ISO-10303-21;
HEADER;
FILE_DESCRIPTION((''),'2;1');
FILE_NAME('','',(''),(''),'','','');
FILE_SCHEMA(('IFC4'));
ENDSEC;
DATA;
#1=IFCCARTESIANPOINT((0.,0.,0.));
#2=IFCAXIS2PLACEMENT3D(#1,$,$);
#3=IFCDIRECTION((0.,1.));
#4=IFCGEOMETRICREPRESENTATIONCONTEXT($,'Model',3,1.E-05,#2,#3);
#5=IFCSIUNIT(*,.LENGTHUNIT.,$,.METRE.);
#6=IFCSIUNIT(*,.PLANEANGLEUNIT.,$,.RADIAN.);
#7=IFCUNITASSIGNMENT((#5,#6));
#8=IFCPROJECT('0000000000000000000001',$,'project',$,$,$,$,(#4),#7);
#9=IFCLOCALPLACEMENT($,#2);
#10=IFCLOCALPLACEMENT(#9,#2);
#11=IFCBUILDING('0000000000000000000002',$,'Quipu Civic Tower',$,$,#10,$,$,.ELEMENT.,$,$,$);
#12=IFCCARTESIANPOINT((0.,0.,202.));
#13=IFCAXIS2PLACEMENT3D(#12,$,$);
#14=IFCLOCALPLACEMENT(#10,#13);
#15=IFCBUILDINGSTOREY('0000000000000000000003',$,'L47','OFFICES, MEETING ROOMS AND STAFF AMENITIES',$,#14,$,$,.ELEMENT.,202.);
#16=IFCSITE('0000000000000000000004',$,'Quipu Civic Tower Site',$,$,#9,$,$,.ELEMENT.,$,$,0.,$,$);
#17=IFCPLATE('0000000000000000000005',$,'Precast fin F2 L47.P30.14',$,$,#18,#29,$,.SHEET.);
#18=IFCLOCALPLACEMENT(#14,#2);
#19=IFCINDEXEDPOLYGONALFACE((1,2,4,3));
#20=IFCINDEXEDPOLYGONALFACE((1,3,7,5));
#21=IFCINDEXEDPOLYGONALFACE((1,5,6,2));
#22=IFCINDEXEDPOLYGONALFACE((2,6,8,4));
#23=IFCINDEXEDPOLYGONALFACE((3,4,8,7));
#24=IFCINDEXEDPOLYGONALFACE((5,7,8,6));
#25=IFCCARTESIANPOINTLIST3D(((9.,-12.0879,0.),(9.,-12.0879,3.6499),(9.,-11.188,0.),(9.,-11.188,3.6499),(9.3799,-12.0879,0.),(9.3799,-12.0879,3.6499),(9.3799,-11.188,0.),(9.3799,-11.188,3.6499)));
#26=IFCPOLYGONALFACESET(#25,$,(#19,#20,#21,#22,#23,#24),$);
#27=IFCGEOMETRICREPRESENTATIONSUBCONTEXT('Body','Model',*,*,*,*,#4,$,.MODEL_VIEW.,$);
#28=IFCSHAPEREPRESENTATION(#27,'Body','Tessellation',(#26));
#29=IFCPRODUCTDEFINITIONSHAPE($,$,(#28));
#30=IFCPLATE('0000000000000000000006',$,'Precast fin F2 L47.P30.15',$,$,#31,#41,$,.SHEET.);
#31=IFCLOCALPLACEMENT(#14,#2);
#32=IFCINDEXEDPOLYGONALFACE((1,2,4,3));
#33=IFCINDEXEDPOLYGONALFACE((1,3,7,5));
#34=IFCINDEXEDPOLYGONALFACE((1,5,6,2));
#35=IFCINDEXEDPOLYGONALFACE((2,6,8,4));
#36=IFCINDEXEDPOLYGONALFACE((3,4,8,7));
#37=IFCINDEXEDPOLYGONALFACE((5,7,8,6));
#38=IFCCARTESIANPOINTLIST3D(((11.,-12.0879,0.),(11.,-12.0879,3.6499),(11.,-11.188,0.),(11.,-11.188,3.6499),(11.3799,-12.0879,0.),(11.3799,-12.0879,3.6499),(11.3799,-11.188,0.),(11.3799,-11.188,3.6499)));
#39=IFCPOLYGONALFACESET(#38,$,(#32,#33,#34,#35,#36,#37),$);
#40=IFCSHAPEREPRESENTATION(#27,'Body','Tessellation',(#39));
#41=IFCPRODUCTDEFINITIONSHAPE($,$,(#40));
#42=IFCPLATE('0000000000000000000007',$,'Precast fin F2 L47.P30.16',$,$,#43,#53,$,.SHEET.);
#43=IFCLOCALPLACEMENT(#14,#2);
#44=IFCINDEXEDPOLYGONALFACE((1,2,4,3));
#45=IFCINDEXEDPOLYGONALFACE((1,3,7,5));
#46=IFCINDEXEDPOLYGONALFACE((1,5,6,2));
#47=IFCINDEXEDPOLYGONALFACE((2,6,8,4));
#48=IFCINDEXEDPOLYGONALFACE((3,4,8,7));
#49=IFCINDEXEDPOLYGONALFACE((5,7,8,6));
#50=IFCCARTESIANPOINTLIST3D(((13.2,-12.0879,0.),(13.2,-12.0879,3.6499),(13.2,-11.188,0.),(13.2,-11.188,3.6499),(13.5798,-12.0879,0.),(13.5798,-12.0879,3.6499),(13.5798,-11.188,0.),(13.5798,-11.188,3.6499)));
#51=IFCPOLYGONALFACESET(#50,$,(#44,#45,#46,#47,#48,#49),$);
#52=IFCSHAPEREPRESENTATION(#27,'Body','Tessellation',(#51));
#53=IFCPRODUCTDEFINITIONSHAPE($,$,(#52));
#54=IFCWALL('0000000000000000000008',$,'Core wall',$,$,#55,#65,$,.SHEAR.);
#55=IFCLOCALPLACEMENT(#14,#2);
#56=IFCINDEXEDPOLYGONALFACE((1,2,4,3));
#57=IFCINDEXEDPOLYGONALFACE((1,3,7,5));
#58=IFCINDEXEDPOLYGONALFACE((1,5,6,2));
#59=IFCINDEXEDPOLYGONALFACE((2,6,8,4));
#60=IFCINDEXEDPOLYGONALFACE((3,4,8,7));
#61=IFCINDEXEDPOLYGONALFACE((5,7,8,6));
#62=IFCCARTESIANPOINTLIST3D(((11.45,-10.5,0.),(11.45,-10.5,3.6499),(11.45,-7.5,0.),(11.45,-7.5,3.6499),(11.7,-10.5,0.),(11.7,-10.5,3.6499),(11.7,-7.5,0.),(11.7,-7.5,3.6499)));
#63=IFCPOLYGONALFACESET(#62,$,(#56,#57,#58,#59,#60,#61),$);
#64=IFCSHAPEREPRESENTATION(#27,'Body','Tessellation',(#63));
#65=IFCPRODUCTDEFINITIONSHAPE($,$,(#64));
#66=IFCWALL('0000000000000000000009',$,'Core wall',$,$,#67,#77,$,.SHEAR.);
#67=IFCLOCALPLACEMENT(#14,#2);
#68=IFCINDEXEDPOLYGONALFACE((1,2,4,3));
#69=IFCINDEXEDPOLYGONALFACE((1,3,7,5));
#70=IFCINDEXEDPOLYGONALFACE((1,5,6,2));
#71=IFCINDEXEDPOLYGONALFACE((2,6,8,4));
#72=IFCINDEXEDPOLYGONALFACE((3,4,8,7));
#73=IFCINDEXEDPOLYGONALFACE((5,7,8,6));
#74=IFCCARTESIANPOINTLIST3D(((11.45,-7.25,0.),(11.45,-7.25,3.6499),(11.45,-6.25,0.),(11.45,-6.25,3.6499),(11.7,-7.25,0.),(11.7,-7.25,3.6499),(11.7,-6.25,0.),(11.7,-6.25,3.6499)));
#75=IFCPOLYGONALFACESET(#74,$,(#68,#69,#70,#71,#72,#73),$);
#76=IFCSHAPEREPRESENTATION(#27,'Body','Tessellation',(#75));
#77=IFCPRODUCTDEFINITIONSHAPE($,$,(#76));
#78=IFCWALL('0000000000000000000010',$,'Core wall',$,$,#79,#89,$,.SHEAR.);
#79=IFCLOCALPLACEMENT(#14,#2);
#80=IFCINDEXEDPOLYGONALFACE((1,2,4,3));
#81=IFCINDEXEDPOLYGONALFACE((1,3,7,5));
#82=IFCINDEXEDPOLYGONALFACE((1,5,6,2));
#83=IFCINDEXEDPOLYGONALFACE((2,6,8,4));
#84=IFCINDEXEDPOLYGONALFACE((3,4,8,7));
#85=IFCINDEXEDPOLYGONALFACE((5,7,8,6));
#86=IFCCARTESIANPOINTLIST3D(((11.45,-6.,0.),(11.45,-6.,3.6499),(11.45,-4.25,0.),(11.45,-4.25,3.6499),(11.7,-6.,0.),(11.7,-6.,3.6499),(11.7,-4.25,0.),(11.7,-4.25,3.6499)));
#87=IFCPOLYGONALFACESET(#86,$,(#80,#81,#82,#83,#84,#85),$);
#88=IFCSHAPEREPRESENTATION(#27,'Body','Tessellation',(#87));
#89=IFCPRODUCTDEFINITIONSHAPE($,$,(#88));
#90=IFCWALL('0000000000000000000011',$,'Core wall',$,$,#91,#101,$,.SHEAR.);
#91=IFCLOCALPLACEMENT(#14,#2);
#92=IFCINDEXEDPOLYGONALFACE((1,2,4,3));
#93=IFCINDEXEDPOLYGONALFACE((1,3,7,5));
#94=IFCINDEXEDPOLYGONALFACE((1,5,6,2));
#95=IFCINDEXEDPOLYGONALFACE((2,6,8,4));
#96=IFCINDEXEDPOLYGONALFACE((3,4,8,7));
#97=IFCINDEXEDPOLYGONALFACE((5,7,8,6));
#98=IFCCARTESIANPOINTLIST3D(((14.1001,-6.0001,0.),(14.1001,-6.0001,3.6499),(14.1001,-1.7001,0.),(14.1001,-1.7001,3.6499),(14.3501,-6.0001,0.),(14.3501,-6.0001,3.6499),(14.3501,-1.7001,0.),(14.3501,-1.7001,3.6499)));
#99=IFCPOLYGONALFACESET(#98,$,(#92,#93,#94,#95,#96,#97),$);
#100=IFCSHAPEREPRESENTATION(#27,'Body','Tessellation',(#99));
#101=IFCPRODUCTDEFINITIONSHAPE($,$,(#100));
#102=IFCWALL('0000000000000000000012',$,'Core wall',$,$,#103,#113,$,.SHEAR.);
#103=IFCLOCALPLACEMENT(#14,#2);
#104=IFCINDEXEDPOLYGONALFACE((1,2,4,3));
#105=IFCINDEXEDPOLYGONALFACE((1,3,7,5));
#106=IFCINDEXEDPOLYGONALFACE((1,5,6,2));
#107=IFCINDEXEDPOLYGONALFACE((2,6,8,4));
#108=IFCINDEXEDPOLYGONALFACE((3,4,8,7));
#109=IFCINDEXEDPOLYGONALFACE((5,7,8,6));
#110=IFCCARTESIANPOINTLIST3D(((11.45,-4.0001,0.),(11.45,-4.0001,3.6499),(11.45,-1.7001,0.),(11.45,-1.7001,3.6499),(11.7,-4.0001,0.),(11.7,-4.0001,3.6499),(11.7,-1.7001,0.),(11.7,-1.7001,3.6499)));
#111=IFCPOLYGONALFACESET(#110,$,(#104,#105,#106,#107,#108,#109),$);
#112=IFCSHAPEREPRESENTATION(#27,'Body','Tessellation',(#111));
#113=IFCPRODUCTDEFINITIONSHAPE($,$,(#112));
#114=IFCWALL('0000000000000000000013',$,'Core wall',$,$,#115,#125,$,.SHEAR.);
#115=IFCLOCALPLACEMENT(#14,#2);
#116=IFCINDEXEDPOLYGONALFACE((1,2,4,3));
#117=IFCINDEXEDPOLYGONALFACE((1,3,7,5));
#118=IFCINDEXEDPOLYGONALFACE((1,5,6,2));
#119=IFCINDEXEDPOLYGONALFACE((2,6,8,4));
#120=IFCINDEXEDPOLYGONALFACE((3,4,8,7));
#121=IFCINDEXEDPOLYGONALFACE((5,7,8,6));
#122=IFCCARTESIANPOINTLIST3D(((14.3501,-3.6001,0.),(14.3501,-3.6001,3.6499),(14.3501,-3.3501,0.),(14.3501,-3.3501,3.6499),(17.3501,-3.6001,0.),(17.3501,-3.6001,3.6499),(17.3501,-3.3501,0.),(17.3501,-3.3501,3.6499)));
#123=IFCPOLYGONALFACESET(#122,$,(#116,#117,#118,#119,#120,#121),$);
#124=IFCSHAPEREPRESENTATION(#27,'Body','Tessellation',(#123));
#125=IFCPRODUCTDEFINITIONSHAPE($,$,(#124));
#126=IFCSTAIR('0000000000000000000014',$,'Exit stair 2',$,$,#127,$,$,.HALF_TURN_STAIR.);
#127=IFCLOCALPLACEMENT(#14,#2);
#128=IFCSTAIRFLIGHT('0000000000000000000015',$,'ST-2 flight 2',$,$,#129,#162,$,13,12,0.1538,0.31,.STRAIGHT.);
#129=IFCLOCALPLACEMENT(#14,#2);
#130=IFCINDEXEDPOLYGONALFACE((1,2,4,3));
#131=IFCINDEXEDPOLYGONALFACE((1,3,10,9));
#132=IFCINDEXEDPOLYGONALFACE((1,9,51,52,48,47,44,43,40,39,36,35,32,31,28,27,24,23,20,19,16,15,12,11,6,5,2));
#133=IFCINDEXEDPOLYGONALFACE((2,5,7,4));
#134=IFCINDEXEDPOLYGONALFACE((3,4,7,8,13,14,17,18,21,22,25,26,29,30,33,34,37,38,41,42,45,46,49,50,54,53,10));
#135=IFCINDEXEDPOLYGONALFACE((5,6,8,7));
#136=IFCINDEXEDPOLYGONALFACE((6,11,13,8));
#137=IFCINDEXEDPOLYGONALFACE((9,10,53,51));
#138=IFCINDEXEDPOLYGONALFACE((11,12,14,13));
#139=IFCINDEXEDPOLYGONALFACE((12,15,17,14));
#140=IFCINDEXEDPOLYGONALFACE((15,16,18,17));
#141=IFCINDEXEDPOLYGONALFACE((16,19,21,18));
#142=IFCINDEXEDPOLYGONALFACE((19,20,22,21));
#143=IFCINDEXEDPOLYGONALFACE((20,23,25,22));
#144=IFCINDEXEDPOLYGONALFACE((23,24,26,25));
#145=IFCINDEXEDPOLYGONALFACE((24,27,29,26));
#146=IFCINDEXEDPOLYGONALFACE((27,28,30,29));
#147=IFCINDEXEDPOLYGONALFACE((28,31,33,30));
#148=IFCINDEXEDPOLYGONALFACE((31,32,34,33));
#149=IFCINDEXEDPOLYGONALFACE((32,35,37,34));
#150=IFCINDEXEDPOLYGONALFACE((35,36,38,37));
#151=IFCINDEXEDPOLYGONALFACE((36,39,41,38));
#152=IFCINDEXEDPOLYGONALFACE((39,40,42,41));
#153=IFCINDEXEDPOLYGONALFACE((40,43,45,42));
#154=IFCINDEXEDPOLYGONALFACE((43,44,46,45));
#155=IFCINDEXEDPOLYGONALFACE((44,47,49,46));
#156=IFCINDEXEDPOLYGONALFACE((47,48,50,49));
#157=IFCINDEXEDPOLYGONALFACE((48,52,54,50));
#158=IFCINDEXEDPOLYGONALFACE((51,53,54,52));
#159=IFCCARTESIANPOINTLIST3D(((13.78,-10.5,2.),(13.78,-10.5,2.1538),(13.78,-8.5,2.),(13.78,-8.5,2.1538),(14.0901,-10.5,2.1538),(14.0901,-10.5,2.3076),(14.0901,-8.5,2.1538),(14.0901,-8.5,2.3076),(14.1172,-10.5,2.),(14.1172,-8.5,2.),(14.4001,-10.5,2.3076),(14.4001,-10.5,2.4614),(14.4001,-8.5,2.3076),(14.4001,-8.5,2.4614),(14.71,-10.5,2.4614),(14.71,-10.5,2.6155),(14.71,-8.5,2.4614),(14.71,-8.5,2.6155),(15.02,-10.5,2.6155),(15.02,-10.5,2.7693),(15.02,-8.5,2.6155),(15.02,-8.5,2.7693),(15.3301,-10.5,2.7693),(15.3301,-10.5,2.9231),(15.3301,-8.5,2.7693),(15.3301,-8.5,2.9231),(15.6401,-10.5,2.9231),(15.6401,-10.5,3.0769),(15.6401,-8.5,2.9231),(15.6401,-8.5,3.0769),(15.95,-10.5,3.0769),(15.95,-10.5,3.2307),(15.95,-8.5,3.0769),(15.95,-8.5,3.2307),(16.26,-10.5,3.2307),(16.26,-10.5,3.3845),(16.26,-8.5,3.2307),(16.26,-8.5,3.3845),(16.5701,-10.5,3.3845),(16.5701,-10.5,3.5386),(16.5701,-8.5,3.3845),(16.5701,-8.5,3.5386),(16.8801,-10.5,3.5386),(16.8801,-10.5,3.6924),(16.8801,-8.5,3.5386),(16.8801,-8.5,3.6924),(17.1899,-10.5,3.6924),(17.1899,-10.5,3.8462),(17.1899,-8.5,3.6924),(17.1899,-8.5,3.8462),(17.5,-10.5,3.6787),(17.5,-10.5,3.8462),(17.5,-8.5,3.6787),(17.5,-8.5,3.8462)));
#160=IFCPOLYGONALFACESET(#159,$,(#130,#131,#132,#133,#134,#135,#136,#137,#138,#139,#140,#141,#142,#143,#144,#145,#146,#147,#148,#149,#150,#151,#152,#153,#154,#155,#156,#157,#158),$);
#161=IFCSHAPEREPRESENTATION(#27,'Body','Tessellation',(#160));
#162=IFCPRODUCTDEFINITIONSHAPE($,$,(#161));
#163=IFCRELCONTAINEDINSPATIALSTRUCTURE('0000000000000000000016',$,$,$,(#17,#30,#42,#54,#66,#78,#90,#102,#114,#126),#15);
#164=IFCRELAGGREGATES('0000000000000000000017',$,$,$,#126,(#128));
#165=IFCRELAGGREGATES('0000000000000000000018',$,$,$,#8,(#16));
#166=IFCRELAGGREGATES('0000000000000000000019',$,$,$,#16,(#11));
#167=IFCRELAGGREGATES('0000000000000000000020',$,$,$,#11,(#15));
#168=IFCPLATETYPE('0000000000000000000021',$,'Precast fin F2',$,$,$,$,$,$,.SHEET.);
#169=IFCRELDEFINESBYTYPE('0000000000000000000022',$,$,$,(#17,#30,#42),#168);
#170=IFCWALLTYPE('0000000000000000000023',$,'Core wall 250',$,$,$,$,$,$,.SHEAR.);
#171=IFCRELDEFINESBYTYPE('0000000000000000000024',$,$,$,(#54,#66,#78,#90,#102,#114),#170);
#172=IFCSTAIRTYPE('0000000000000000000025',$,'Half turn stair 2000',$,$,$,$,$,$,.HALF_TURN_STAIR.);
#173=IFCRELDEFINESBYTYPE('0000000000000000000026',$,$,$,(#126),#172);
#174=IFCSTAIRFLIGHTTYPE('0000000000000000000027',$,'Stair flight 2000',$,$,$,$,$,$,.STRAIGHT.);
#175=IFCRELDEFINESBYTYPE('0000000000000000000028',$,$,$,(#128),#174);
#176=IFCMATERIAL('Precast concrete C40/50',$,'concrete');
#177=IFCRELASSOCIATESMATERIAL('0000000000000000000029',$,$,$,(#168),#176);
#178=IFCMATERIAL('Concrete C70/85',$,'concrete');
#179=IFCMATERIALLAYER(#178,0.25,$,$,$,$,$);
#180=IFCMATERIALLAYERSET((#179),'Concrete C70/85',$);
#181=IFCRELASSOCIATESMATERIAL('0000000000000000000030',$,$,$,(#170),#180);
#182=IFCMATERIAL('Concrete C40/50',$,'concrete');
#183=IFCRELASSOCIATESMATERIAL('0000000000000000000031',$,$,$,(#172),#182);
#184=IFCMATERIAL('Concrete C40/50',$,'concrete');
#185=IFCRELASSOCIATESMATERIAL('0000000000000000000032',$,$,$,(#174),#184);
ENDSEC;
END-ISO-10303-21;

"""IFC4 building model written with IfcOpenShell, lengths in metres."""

from ifc_helpers import new_model, si_unit, direction, frame, frame_2d, origin, origin_2d, place, context, subcontext, project, spatial, polyline, rectangle, outline, extrude, material, layer, layer_set, type_object, element, aggregate, save


model = new_model("IFC4")

# Units and contexts
model_context = context("Model", 3, precision=1e-05, world=origin(), true_north=direction((0.0, 1.0)))
body_context = subcontext(model_context, "Body", "Model", "MODEL_VIEW")
ifc_project = project(units=[si_unit("LENGTHUNIT", "METRE"), si_unit("PLANEANGLEUNIT", "RADIAN")], contexts=[model_context])

# Site, building, storey
site_placement = place(None, origin())
site = spatial("IfcSite", under=ifc_project, at=site_placement, Name="Quipu Civic Tower Site", CompositionType="ELEMENT", RefElevation=0.0)
building_placement = place(site_placement, origin())
building = spatial("IfcBuilding", under=site, at=building_placement, Name="Quipu Civic Tower", CompositionType="ELEMENT")
storey_placement = place(building_placement, frame((0.0, 0.0, 202.0)))
storey = spatial("IfcBuildingStorey", under=building, at=storey_placement, Name="L47", Description="OFFICES, MEETING ROOMS AND STAFF AMENITIES", CompositionType="ELEMENT", Elevation=202.0)

# Plates
ifc_material_1 = material(Name="Precast concrete C40/50", Category="concrete")
plate_type = type_object("IfcPlateType", Name="Precast fin F2", PredefinedType="SHEET", material=ifc_material_1)
for number, where, z_axis, x_axis, name in (
    (1, (9.1899, -11.6379, 0.0), (0.0, 0.0, 1.0), (1.0, 0.0, 0.0), "Precast fin F2 L47.P30.14"),
    (2, (11.1899, -11.6379, 0.0), (0.0, 0.0, 1.0), (1.0, 0.0, 0.0), "Precast fin F2 L47.P30.15"),
    (3, (13.3899, -11.6379, 0.0), (0.0, 0.0, 1.0), (1.0, 0.0, 0.0), "Precast fin F2 L47.P30.16"),
):
    element("IfcPlate", number, at=place(storey_placement, frame(where, z_axis=z_axis, x_axis=x_axis)), inside=storey, type_object=plate_type, Name=name, PredefinedType="SHEET", context=body_context, shape_type="SweptSolid", body=[
        extrude(rectangle(XDim=0.3799, YDim=0.8999, at=origin_2d()), origin(), (0.0, 0.0, 1.0), 3.6499),
    ])

# Wall
ifc_material_2 = material(Name="Concrete C70/85", Category="concrete")
ifc_layer = layer(ifc_material_2, 0.25)
ifc_layer_set = layer_set([ifc_layer], Name="Concrete C70/85")
wall_type = type_object("IfcWallType", Name="Core wall 250", PredefinedType="SHEAR", material=ifc_layer_set)
wall_1_placement = place(storey_placement, frame((11.575, -10.5, 0.0), z_axis=(0.0, 0.0, 1.0), x_axis=(0.0, 1.0, 0.0)))
element("IfcWall", 4, at=wall_1_placement, inside=storey, type_object=wall_type, Name="Core wall", PredefinedType="SHEAR", context=body_context, shape_type="SweptSolid", body=[
    extrude(rectangle(XDim=3.0, YDim=0.25, at=frame_2d((1.5, 0.0))), origin(), (0.0, 0.0, 1.0), 3.6499),
])

# Walls
wall_2_placement = place(storey_placement, frame((11.575, -7.25, 0.0), z_axis=(0.0, 0.0, 1.0), x_axis=(0.0, 1.0, 0.0)))
element("IfcWall", 5, at=wall_2_placement, inside=storey, type_object=wall_type, Name="Core wall", PredefinedType="SHEAR", context=body_context, shape_type="SweptSolid", body=[
    extrude(rectangle(XDim=1.0, YDim=0.25, at=frame_2d((0.5, 0.0))), origin(), (0.0, 0.0, 1.0), 3.6499),
])
wall_3_placement = place(storey_placement, frame((11.575, -6.0, 0.0), z_axis=(0.0, 0.0, 1.0), x_axis=(0.0, 1.0, 0.0)))
element("IfcWall", 6, at=wall_3_placement, inside=storey, type_object=wall_type, Name="Core wall", PredefinedType="SHEAR", context=body_context, shape_type="SweptSolid", body=[
    extrude(rectangle(XDim=1.75, YDim=0.25, at=frame_2d((0.875, 0.0))), origin(), (0.0, 0.0, 1.0), 3.6499),
])
wall_4_placement = place(storey_placement, frame((14.2251, -6.0, 0.0), z_axis=(0.0, 0.0, 1.0), x_axis=(0.0, 1.0, 0.0)))
element("IfcWall", 7, at=wall_4_placement, inside=storey, type_object=wall_type, Name="Core wall", PredefinedType="SHEAR", context=body_context, shape_type="SweptSolid", body=[
    extrude(rectangle(XDim=4.3, YDim=0.25, at=frame_2d((2.1499, 0.0))), origin(), (0.0, 0.0, 1.0), 3.6499),
])
wall_5_placement = place(storey_placement, frame((11.575, -4.0, 0.0), z_axis=(0.0, 0.0, 1.0), x_axis=(0.0, 1.0, 0.0)))
element("IfcWall", 8, at=wall_5_placement, inside=storey, type_object=wall_type, Name="Core wall", PredefinedType="SHEAR", context=body_context, shape_type="SweptSolid", body=[
    extrude(rectangle(XDim=2.3, YDim=0.25, at=frame_2d((1.1499, 0.0))), origin(), (0.0, 0.0, 1.0), 3.6499),
])
wall_6_placement = place(storey_placement, frame((14.3501, -3.4751, 0.0), z_axis=(0.0, 0.0, 1.0), x_axis=(1.0, 0.0, 0.0)))
element("IfcWall", 9, at=wall_6_placement, inside=storey, type_object=wall_type, Name="Core wall", PredefinedType="SHEAR", context=body_context, shape_type="SweptSolid", body=[
    extrude(rectangle(XDim=3.0, YDim=0.25, at=frame_2d((1.5, 0.0))), origin(), (0.0, 0.0, 1.0), 3.6499),
])

# Stair, stair flight
ifc_material_3 = material(Name="Concrete C40/50", Category="concrete")
stair_type = type_object("IfcStairType", Name="Half turn stair 2000", PredefinedType="HALF_TURN_STAIR", material=ifc_material_3)
stair_placement = place(storey_placement, origin())
stair = element("IfcStair", 10, at=stair_placement, inside=storey, type_object=stair_type, Name="Exit stair 2", PredefinedType="HALF_TURN_STAIR")
ifc_material_4 = material(Name="Concrete C40/50", Category="concrete")
stair_flight_type = type_object("IfcStairFlightType", Name="Stair flight 2000", PredefinedType="STRAIGHT", material=ifc_material_4)
stair_flight_placement = place(storey_placement, frame((13.78, -9.5, 2.0), z_axis=(0.0, 0.0, 1.0), x_axis=(1.0, 0.0, 0.0)))
stair_flight = element("IfcStairFlight", 11, at=stair_flight_placement, type_object=stair_flight_type, Name="ST-2 flight 2", NumberOfRisers=13, NumberOfTreads=12, PredefinedType="STRAIGHT", RiserHeight=0.1538, TreadLength=0.31, context=body_context, shape_type="SweptSolid", body=[
    extrude(outline(polyline([(0.0, 0.0), (0.0, 0.1538), (0.3101, 0.1538), (0.3101, 0.3076), (0.6201, 0.3076), (0.6201, 0.4614), (0.9299, 0.4614), (0.9299, 0.6155), (1.24, 0.6155), (1.24, 0.7693), (1.55, 0.7693), (1.55, 0.9231), (1.8601, 0.9231), (1.8601, 1.0769), (2.1699, 1.0769), (2.1699, 1.2307), (2.48, 1.2307), (2.48, 1.3845), (2.79, 1.3845), (2.79, 1.5386), (3.1001, 1.5386), (3.1001, 1.6924), (3.4099, 1.6924), (3.4099, 1.8462), (3.72, 1.8462), (3.72, 2.0), (3.72, 1.6787), (0.3372, 0.0), (0.0, 0.0)])), frame((0.0, 1.0, 0.0), z_axis=(0.0, -1.0, 0.0), x_axis=(1.0, 0.0, 0.0)), (0.0, 0.0, 1.0), 2.0),
])
aggregate(stair, [stair_flight])

save(model, "model.ifc")
